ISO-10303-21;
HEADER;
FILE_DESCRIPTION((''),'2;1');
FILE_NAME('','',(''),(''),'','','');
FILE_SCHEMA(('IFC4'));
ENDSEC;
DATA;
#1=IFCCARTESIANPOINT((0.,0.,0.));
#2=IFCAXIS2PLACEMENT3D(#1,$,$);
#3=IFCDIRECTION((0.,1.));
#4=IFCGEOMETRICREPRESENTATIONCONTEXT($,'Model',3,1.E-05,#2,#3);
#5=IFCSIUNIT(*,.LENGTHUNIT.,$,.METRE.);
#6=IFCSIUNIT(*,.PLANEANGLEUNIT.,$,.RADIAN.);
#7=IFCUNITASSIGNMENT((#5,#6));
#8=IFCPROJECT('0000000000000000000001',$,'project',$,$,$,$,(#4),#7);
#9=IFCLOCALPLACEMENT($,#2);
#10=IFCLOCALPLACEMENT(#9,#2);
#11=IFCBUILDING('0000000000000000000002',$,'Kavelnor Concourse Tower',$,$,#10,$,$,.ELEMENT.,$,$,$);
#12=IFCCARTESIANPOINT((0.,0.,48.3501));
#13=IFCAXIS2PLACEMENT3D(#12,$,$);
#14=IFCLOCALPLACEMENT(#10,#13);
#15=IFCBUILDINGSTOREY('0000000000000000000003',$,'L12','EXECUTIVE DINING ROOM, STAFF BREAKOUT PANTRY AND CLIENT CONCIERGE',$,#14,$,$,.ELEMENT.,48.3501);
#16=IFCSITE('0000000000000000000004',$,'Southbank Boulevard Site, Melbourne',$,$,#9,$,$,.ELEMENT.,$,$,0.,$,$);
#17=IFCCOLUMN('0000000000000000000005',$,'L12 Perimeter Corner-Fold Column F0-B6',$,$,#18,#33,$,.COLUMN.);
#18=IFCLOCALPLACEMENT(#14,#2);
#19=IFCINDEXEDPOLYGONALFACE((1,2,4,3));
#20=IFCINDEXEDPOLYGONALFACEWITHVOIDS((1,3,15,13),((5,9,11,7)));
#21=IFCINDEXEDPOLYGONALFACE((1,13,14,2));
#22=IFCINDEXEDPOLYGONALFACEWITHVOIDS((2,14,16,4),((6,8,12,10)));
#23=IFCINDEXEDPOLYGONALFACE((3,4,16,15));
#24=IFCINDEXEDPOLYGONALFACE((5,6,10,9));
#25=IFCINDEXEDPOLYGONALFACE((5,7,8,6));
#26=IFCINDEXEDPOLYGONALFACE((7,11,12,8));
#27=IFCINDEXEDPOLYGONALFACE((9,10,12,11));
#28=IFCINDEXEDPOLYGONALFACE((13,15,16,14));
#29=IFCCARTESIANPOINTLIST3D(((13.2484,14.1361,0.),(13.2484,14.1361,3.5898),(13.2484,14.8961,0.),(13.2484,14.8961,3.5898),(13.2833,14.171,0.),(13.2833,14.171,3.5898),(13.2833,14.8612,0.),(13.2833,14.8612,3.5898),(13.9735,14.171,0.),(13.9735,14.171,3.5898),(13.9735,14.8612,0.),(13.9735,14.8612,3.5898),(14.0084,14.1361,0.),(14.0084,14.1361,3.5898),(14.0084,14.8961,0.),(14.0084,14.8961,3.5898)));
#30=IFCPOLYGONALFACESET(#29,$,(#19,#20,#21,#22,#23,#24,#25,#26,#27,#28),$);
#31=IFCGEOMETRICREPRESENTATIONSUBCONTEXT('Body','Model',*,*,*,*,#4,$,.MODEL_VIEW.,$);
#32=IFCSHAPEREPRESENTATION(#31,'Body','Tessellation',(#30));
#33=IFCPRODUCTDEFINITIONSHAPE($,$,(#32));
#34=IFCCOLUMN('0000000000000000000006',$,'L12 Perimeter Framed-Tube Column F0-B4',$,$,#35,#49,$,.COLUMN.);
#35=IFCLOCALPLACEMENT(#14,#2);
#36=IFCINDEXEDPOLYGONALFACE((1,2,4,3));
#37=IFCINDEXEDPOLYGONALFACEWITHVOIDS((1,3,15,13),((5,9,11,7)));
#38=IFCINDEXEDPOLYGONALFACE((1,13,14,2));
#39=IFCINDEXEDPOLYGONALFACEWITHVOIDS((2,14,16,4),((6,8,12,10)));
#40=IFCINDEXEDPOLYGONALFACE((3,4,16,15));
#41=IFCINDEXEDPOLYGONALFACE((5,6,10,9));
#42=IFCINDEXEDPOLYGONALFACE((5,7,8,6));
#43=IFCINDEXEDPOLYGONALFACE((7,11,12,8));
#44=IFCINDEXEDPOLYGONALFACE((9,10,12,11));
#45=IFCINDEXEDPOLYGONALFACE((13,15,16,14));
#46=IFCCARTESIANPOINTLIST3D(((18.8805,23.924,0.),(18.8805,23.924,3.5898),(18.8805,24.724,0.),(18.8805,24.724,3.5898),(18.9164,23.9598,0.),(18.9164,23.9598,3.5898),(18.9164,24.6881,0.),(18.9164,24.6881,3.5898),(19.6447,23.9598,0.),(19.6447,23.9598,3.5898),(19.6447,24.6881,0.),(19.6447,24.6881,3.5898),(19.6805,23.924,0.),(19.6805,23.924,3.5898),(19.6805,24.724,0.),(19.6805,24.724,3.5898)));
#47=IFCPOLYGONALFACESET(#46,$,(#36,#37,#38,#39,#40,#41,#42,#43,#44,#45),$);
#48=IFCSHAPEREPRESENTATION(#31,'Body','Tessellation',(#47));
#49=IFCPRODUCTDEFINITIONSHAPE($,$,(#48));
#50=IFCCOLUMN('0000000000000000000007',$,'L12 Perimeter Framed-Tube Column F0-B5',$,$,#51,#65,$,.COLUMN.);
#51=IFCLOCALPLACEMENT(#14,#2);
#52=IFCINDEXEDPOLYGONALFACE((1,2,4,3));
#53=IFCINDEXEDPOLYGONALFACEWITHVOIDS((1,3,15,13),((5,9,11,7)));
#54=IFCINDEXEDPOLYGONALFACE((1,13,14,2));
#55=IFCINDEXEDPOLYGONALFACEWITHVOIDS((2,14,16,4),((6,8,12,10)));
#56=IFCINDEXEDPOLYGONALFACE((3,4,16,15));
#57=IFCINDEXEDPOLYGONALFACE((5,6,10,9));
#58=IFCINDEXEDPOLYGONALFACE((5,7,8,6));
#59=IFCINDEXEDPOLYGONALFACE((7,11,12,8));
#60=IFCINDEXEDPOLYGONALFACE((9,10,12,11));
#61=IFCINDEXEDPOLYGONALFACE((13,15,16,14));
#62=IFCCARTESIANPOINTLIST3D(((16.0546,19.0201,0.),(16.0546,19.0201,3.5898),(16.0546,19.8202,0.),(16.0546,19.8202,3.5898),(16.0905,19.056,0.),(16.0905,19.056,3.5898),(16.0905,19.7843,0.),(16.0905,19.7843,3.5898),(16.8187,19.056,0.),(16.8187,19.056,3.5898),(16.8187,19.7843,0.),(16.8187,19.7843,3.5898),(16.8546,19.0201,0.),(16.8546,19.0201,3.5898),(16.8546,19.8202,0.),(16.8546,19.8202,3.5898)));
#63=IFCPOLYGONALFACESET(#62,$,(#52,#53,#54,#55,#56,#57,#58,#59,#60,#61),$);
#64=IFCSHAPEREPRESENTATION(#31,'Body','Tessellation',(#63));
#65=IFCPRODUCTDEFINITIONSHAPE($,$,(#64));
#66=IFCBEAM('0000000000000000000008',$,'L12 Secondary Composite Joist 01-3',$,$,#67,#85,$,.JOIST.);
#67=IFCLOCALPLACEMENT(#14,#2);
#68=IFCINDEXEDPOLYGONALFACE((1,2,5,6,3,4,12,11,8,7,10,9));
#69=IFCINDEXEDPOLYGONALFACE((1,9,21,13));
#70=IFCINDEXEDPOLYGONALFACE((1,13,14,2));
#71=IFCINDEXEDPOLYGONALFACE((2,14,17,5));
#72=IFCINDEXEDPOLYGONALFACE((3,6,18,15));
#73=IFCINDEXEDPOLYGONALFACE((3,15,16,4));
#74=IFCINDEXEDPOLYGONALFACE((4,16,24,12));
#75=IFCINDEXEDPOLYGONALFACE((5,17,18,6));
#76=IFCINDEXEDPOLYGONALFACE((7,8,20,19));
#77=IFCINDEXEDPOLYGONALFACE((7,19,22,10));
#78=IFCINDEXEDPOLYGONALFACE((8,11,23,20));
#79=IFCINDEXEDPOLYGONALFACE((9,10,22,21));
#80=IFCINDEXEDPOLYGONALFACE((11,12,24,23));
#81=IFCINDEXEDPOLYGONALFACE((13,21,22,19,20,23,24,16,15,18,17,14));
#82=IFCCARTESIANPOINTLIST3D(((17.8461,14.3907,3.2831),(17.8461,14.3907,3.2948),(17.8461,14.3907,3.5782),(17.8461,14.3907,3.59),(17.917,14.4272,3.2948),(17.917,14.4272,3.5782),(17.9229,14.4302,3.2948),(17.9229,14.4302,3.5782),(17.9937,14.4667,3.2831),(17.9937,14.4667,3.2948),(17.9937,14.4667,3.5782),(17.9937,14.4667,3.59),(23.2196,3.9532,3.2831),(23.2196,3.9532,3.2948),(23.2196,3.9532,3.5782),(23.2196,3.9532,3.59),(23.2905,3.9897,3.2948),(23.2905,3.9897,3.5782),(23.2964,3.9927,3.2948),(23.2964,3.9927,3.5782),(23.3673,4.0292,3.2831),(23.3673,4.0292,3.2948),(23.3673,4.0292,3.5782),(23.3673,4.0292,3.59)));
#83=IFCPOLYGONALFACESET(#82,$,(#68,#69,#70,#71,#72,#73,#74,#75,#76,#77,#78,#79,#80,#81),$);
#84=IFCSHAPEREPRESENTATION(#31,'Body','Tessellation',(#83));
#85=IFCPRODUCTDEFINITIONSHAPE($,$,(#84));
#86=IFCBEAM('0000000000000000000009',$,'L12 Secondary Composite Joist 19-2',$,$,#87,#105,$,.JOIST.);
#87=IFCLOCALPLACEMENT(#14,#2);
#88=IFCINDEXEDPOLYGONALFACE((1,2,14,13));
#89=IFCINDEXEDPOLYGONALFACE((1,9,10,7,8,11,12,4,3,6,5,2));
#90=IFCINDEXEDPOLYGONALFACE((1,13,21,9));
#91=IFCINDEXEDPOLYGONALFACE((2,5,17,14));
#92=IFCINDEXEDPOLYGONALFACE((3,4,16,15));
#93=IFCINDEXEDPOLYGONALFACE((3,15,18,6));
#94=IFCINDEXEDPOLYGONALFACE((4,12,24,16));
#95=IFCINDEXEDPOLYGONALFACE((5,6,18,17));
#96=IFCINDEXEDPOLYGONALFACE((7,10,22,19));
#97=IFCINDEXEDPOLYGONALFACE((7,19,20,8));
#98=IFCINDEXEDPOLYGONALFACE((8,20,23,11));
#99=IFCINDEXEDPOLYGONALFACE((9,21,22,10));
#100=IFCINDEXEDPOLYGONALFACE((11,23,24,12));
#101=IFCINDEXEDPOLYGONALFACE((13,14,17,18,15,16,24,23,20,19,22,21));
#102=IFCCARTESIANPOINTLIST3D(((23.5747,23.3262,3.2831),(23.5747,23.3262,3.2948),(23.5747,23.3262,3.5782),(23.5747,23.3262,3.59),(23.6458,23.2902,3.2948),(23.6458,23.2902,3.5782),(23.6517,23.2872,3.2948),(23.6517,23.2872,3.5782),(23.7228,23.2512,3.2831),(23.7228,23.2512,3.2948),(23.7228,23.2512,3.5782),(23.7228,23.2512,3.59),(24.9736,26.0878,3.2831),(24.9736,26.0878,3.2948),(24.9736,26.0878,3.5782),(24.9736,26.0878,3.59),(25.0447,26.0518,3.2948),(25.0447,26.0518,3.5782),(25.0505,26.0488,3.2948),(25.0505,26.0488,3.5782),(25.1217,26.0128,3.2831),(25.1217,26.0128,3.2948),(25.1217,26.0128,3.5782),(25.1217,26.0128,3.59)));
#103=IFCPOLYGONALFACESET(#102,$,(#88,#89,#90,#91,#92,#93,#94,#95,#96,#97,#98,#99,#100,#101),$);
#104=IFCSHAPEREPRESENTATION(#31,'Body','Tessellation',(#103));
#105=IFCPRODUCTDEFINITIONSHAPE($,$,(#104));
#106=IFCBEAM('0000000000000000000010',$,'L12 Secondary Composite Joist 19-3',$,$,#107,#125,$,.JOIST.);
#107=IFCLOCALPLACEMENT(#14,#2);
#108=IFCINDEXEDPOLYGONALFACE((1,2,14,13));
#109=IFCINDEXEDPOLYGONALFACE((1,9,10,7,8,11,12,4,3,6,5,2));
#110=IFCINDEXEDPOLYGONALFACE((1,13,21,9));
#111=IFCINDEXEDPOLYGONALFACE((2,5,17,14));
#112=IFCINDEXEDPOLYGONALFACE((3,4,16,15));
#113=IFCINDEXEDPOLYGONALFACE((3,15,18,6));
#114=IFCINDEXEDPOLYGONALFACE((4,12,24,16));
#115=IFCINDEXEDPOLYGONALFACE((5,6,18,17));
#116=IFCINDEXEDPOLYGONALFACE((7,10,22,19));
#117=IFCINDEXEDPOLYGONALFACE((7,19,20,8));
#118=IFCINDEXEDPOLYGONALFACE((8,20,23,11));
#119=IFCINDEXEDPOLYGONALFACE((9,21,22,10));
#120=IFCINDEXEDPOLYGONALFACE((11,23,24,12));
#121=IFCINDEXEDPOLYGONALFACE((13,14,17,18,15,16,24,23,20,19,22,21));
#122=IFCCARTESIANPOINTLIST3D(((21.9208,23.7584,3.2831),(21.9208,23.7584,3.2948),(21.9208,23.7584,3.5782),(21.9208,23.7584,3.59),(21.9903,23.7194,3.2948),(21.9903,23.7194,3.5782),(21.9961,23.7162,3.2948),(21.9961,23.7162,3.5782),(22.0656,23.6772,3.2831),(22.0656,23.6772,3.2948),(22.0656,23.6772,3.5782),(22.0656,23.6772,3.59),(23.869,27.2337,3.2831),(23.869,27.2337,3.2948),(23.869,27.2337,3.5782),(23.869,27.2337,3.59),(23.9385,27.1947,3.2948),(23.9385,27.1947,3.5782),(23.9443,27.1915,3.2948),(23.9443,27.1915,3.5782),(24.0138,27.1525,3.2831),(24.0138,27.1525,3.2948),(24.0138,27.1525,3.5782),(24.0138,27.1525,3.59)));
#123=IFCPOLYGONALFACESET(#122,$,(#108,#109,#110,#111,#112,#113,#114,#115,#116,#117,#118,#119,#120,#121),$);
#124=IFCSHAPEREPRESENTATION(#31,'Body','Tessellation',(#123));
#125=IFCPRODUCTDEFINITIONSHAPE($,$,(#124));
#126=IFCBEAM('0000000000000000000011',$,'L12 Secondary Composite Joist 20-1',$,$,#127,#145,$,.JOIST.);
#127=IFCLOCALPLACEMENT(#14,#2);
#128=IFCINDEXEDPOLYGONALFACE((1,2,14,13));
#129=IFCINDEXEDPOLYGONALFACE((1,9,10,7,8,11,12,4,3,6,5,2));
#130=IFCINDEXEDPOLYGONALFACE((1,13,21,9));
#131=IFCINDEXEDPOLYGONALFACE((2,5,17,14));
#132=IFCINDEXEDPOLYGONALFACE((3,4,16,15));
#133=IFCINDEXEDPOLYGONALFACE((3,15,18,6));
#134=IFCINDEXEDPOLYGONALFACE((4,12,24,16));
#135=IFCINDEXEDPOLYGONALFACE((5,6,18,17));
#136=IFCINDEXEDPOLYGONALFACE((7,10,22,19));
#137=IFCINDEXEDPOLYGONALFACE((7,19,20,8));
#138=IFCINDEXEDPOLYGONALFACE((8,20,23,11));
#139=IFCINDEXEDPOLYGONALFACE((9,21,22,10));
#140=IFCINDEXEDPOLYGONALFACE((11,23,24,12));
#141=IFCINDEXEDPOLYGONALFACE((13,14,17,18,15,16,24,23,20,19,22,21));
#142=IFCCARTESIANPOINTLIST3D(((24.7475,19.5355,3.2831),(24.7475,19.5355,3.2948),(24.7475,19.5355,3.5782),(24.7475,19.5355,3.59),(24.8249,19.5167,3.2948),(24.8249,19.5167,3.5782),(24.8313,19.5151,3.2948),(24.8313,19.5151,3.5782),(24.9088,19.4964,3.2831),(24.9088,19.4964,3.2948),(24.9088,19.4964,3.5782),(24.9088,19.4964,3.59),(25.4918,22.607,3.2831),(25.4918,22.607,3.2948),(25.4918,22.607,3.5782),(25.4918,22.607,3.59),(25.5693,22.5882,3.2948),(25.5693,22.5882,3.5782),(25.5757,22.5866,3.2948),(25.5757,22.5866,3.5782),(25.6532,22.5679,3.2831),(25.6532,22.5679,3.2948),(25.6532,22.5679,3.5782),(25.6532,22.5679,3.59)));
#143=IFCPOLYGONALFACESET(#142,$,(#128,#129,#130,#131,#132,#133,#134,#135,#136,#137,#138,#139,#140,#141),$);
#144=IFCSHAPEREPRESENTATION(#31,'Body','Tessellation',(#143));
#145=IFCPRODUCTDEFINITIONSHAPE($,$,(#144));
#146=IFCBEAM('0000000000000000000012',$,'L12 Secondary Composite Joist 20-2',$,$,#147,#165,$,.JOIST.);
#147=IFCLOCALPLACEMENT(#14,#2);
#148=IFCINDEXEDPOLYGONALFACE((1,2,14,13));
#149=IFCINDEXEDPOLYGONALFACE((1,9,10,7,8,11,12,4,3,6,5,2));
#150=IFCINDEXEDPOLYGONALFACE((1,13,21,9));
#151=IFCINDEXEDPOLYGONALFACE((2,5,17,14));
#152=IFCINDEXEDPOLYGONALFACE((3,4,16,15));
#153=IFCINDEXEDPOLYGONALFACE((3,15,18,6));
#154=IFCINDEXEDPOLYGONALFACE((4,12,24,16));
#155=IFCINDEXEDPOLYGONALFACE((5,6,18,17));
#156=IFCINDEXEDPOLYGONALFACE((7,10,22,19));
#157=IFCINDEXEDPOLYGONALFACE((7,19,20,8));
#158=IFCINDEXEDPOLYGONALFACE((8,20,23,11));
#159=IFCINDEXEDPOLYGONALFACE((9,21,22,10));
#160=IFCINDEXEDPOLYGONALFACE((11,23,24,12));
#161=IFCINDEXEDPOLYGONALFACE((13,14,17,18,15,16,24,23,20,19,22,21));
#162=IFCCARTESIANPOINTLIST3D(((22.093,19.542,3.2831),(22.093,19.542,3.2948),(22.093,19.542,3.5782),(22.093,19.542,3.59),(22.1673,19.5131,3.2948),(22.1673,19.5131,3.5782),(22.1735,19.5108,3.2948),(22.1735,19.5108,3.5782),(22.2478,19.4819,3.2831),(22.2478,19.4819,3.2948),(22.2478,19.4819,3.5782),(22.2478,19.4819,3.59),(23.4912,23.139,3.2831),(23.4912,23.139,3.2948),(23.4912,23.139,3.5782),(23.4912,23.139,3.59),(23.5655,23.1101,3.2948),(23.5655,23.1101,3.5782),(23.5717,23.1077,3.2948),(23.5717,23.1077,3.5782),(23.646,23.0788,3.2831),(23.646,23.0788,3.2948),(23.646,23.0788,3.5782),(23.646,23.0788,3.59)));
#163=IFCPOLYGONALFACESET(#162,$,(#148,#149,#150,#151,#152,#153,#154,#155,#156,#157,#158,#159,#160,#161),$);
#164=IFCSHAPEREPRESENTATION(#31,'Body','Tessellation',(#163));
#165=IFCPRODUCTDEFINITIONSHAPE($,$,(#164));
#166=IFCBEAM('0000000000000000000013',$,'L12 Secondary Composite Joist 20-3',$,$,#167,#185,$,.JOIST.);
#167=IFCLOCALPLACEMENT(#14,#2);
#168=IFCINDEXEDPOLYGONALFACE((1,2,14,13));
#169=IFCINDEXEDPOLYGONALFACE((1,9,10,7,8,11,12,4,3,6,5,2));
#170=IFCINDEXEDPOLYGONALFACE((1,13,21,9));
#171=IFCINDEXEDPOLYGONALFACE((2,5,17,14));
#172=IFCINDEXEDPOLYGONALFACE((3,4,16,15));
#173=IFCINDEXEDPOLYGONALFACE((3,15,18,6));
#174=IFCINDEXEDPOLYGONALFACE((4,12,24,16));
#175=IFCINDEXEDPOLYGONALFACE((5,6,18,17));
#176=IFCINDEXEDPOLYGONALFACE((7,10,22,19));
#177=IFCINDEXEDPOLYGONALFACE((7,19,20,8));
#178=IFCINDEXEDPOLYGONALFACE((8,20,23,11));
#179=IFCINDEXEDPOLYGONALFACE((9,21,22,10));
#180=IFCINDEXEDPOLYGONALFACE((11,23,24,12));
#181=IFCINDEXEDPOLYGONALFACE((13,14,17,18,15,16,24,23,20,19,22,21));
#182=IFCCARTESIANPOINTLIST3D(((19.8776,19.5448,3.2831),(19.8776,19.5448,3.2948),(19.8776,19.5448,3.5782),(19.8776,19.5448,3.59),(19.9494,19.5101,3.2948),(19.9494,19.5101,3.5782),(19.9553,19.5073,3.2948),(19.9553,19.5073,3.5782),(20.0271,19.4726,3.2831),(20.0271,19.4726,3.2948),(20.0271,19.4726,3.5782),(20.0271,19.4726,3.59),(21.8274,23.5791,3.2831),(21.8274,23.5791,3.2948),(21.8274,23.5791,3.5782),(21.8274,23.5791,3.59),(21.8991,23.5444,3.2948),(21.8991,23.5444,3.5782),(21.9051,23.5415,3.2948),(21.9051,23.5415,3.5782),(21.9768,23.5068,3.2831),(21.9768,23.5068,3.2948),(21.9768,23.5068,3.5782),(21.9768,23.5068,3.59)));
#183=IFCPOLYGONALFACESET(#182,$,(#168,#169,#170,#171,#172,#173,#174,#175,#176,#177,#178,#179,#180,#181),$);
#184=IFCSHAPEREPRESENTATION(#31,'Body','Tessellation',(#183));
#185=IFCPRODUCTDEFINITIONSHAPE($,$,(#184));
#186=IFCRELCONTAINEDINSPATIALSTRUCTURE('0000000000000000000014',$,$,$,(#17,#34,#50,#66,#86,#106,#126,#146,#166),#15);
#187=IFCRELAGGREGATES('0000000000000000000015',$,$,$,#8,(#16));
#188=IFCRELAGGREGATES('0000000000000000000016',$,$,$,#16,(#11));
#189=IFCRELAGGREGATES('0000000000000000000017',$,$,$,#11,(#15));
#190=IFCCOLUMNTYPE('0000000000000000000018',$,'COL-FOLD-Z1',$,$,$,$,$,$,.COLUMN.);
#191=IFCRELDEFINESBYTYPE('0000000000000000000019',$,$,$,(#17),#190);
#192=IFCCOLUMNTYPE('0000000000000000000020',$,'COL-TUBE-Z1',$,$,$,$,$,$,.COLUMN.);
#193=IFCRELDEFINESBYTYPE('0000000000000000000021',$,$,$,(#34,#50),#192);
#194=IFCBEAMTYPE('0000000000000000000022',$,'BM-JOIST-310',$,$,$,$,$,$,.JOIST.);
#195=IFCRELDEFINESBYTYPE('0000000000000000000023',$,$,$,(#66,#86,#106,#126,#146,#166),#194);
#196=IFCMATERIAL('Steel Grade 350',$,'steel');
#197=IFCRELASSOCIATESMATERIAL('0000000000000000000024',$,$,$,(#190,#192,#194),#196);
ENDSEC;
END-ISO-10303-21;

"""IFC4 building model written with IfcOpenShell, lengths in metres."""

from ifc_helpers import new_model, si_unit, direction, frame, origin, origin_2d, place, context, subcontext, project, spatial, hollow_rectangle, i_section, extrude, material, material_profile, profile_set, type_object, element, save


model = new_model("IFC4")

# Units and contexts
model_context = context("Model", 3, precision=1e-05, world=origin(), true_north=direction((0.0, 1.0)))
body_context = subcontext(model_context, "Body", "Model", "MODEL_VIEW")
ifc_project = project(units=[si_unit("LENGTHUNIT", "METRE"), si_unit("PLANEANGLEUNIT", "RADIAN")], contexts=[model_context])

# Site, building, storey
site_placement = place(None, origin())
site = spatial("IfcSite", under=ifc_project, at=site_placement, Name="Southbank Boulevard Site, Melbourne", CompositionType="ELEMENT", RefElevation=0.0)
building_placement = place(site_placement, origin())
building = spatial("IfcBuilding", under=site, at=building_placement, Name="Kavelnor Concourse Tower", CompositionType="ELEMENT")
storey_placement = place(building_placement, frame((0.0, 0.0, 48.3501)))
storey = spatial("IfcBuildingStorey", under=building, at=storey_placement, Name="L12", Description="EXECUTIVE DINING ROOM, STAFF BREAKOUT PANTRY AND CLIENT CONCIERGE", CompositionType="ELEMENT", Elevation=48.3501)

# Columns
ifc_material = material(Name="Steel Grade 350", Category="steel")
ifc_material_profile_1 = material_profile(ifc_material, hollow_rectangle(XDim=0.76, YDim=0.76, WallThickness=0.0349, at=origin_2d()), Name="SHS 760x760x35")
ifc_profile_set_1 = profile_set([ifc_material_profile_1], Name="Steel Grade 350")
column_type_1 = type_object("IfcColumnType", Name="COL-FOLD-Z1", PredefinedType="COLUMN", material=ifc_profile_set_1)
column_placement = place(storey_placement, frame((13.6284, 14.5161, 0.0), z_axis=(0.0, 0.0, 1.0), x_axis=(1.0, 0.0, 0.0)))
element("IfcColumn", 1, at=column_placement, inside=storey, type_object=column_type_1, Name="L12 Perimeter Corner-Fold Column F0-B6", PredefinedType="COLUMN", context=body_context, shape_type="SweptSolid", body=[
    extrude(hollow_rectangle(XDim=0.76, YDim=0.76, WallThickness=0.0349, at=origin_2d()), origin(), (0.0, 0.0, 1.0), 3.5898),
])
ifc_material_profile_2 = material_profile(ifc_material, hollow_rectangle(XDim=0.8, YDim=0.8, WallThickness=0.0359, at=origin_2d()), Name="SHS 800x800x36")
ifc_profile_set_2 = profile_set([ifc_material_profile_2], Name="Steel Grade 350")
column_type_2 = type_object("IfcColumnType", Name="COL-TUBE-Z1", PredefinedType="COLUMN", material=ifc_profile_set_2)
for number, where, z_axis, x_axis, name in (
    (2, (19.2805, 24.324, 0.0), (0.0, 0.0, 1.0), (1.0, 0.0, 0.0), "L12 Perimeter Framed-Tube Column F0-B4"),
    (3, (16.4546, 19.4202, 0.0), (0.0, 0.0, 1.0), (1.0, 0.0, 0.0), "L12 Perimeter Framed-Tube Column F0-B5"),
):
    element("IfcColumn", number, at=place(storey_placement, frame(where, z_axis=z_axis, x_axis=x_axis)), inside=storey, type_object=column_type_2, Name=name, PredefinedType="COLUMN", context=body_context, shape_type="SweptSolid", body=[
        extrude(hollow_rectangle(XDim=0.8, YDim=0.8, WallThickness=0.0359, at=origin_2d()), origin(), (0.0, 0.0, 1.0), 3.5898),
    ])

# Beams
ifc_material_profile_3 = material_profile(ifc_material, i_section(OverallWidth=0.166, OverallDepth=0.3069, WebThickness=0.0066, FlangeThickness=0.0117, at=origin_2d()), Name="310UB46")
ifc_profile_set_3 = profile_set([ifc_material_profile_3], Name="Steel Grade 350")
beam_type_1 = type_object("IfcBeamType", Name="BM-JOIST-310", PredefinedType="JOIST", material=ifc_profile_set_3)
beam_1_placement = place(storey_placement, frame((17.9199, 14.4287, 3.4365), z_axis=(0.45773, -0.889091, 0.0), x_axis=(0.889091, 0.45773, 0.0)))
element("IfcBeam", 4, at=beam_1_placement, inside=storey, type_object=beam_type_1, Name="L12 Secondary Composite Joist 01-3", PredefinedType="JOIST", context=body_context, shape_type="SweptSolid", body=[
    extrude(i_section(OverallWidth=0.166, OverallDepth=0.3069, WebThickness=0.0066, FlangeThickness=0.0117, at=origin_2d()), origin(), (0.0, 0.0, 1.0), 11.7395),
])
beam_2_placement = place(storey_placement, frame((25.0476, 26.0503, 3.4365), z_axis=(-0.451876, -0.892081, 0.0), x_axis=(0.892081, -0.451876, 0.0)))
element("IfcBeam", 5, at=beam_2_placement, inside=storey, type_object=beam_type_1, Name="L12 Secondary Composite Joist 19-2", PredefinedType="JOIST", context=body_context, shape_type="SweptSolid", body=[
    extrude(i_section(OverallWidth=0.166, OverallDepth=0.3069, WebThickness=0.0066, FlangeThickness=0.0117, at=origin_2d()), origin(), (0.0, 0.0, 1.0), 3.0957),
])
beam_3_placement = place(storey_placement, frame((23.9414, 27.1931, 3.4365), z_axis=(-0.488995, -0.872286, 0.0), x_axis=(0.872286, -0.488995, 0.0)))
element("IfcBeam", 6, at=beam_3_placement, inside=storey, type_object=beam_type_1, Name="L12 Secondary Composite Joist 19-3", PredefinedType="JOIST", context=body_context, shape_type="SweptSolid", body=[
    extrude(i_section(OverallWidth=0.166, OverallDepth=0.3069, WebThickness=0.0066, FlangeThickness=0.0117, at=origin_2d()), origin(), (0.0, 0.0, 1.0), 3.9841),
])
beam_4_placement = place(storey_placement, frame((25.5725, 22.5874, 3.4365), z_axis=(-0.235531, -0.971867, 0.0), x_axis=(0.971867, -0.235531, 0.0)))
element("IfcBeam", 7, at=beam_4_placement, inside=storey, type_object=beam_type_1, Name="L12 Secondary Composite Joist 20-1", PredefinedType="JOIST", context=body_context, shape_type="SweptSolid", body=[
    extrude(i_section(OverallWidth=0.166, OverallDepth=0.3069, WebThickness=0.0066, FlangeThickness=0.0117, at=origin_2d()), origin(), (0.0, 0.0, 1.0), 3.1604),
])
beam_5_placement = place(storey_placement, frame((23.5686, 23.1089, 3.4365), z_axis=(-0.362309, -0.932058, 0.0), x_axis=(0.932058, -0.362309, 0.0)))
element("IfcBeam", 8, at=beam_5_placement, inside=storey, type_object=beam_type_1, Name="L12 Secondary Composite Joist 20-2", PredefinedType="JOIST", context=body_context, shape_type="SweptSolid", body=[
    extrude(i_section(OverallWidth=0.166, OverallDepth=0.3069, WebThickness=0.0066, FlangeThickness=0.0117, at=origin_2d()), origin(), (0.0, 0.0, 1.0), 3.8591),
])
beam_6_placement = place(storey_placement, frame((21.9021, 23.543, 3.4365), z_axis=(-0.435142, -0.900362, 0.0), x_axis=(0.900362, -0.435142, 0.0)))
element("IfcBeam", 9, at=beam_6_placement, inside=storey, type_object=beam_type_1, Name="L12 Secondary Composite Joist 20-3", PredefinedType="JOIST", context=body_context, shape_type="SweptSolid", body=[
    extrude(i_section(OverallWidth=0.166, OverallDepth=0.3069, WebThickness=0.0066, FlangeThickness=0.0117, at=origin_2d()), origin(), (0.0, 0.0, 1.0), 4.4807),
])

save(model, "model.ifc")
